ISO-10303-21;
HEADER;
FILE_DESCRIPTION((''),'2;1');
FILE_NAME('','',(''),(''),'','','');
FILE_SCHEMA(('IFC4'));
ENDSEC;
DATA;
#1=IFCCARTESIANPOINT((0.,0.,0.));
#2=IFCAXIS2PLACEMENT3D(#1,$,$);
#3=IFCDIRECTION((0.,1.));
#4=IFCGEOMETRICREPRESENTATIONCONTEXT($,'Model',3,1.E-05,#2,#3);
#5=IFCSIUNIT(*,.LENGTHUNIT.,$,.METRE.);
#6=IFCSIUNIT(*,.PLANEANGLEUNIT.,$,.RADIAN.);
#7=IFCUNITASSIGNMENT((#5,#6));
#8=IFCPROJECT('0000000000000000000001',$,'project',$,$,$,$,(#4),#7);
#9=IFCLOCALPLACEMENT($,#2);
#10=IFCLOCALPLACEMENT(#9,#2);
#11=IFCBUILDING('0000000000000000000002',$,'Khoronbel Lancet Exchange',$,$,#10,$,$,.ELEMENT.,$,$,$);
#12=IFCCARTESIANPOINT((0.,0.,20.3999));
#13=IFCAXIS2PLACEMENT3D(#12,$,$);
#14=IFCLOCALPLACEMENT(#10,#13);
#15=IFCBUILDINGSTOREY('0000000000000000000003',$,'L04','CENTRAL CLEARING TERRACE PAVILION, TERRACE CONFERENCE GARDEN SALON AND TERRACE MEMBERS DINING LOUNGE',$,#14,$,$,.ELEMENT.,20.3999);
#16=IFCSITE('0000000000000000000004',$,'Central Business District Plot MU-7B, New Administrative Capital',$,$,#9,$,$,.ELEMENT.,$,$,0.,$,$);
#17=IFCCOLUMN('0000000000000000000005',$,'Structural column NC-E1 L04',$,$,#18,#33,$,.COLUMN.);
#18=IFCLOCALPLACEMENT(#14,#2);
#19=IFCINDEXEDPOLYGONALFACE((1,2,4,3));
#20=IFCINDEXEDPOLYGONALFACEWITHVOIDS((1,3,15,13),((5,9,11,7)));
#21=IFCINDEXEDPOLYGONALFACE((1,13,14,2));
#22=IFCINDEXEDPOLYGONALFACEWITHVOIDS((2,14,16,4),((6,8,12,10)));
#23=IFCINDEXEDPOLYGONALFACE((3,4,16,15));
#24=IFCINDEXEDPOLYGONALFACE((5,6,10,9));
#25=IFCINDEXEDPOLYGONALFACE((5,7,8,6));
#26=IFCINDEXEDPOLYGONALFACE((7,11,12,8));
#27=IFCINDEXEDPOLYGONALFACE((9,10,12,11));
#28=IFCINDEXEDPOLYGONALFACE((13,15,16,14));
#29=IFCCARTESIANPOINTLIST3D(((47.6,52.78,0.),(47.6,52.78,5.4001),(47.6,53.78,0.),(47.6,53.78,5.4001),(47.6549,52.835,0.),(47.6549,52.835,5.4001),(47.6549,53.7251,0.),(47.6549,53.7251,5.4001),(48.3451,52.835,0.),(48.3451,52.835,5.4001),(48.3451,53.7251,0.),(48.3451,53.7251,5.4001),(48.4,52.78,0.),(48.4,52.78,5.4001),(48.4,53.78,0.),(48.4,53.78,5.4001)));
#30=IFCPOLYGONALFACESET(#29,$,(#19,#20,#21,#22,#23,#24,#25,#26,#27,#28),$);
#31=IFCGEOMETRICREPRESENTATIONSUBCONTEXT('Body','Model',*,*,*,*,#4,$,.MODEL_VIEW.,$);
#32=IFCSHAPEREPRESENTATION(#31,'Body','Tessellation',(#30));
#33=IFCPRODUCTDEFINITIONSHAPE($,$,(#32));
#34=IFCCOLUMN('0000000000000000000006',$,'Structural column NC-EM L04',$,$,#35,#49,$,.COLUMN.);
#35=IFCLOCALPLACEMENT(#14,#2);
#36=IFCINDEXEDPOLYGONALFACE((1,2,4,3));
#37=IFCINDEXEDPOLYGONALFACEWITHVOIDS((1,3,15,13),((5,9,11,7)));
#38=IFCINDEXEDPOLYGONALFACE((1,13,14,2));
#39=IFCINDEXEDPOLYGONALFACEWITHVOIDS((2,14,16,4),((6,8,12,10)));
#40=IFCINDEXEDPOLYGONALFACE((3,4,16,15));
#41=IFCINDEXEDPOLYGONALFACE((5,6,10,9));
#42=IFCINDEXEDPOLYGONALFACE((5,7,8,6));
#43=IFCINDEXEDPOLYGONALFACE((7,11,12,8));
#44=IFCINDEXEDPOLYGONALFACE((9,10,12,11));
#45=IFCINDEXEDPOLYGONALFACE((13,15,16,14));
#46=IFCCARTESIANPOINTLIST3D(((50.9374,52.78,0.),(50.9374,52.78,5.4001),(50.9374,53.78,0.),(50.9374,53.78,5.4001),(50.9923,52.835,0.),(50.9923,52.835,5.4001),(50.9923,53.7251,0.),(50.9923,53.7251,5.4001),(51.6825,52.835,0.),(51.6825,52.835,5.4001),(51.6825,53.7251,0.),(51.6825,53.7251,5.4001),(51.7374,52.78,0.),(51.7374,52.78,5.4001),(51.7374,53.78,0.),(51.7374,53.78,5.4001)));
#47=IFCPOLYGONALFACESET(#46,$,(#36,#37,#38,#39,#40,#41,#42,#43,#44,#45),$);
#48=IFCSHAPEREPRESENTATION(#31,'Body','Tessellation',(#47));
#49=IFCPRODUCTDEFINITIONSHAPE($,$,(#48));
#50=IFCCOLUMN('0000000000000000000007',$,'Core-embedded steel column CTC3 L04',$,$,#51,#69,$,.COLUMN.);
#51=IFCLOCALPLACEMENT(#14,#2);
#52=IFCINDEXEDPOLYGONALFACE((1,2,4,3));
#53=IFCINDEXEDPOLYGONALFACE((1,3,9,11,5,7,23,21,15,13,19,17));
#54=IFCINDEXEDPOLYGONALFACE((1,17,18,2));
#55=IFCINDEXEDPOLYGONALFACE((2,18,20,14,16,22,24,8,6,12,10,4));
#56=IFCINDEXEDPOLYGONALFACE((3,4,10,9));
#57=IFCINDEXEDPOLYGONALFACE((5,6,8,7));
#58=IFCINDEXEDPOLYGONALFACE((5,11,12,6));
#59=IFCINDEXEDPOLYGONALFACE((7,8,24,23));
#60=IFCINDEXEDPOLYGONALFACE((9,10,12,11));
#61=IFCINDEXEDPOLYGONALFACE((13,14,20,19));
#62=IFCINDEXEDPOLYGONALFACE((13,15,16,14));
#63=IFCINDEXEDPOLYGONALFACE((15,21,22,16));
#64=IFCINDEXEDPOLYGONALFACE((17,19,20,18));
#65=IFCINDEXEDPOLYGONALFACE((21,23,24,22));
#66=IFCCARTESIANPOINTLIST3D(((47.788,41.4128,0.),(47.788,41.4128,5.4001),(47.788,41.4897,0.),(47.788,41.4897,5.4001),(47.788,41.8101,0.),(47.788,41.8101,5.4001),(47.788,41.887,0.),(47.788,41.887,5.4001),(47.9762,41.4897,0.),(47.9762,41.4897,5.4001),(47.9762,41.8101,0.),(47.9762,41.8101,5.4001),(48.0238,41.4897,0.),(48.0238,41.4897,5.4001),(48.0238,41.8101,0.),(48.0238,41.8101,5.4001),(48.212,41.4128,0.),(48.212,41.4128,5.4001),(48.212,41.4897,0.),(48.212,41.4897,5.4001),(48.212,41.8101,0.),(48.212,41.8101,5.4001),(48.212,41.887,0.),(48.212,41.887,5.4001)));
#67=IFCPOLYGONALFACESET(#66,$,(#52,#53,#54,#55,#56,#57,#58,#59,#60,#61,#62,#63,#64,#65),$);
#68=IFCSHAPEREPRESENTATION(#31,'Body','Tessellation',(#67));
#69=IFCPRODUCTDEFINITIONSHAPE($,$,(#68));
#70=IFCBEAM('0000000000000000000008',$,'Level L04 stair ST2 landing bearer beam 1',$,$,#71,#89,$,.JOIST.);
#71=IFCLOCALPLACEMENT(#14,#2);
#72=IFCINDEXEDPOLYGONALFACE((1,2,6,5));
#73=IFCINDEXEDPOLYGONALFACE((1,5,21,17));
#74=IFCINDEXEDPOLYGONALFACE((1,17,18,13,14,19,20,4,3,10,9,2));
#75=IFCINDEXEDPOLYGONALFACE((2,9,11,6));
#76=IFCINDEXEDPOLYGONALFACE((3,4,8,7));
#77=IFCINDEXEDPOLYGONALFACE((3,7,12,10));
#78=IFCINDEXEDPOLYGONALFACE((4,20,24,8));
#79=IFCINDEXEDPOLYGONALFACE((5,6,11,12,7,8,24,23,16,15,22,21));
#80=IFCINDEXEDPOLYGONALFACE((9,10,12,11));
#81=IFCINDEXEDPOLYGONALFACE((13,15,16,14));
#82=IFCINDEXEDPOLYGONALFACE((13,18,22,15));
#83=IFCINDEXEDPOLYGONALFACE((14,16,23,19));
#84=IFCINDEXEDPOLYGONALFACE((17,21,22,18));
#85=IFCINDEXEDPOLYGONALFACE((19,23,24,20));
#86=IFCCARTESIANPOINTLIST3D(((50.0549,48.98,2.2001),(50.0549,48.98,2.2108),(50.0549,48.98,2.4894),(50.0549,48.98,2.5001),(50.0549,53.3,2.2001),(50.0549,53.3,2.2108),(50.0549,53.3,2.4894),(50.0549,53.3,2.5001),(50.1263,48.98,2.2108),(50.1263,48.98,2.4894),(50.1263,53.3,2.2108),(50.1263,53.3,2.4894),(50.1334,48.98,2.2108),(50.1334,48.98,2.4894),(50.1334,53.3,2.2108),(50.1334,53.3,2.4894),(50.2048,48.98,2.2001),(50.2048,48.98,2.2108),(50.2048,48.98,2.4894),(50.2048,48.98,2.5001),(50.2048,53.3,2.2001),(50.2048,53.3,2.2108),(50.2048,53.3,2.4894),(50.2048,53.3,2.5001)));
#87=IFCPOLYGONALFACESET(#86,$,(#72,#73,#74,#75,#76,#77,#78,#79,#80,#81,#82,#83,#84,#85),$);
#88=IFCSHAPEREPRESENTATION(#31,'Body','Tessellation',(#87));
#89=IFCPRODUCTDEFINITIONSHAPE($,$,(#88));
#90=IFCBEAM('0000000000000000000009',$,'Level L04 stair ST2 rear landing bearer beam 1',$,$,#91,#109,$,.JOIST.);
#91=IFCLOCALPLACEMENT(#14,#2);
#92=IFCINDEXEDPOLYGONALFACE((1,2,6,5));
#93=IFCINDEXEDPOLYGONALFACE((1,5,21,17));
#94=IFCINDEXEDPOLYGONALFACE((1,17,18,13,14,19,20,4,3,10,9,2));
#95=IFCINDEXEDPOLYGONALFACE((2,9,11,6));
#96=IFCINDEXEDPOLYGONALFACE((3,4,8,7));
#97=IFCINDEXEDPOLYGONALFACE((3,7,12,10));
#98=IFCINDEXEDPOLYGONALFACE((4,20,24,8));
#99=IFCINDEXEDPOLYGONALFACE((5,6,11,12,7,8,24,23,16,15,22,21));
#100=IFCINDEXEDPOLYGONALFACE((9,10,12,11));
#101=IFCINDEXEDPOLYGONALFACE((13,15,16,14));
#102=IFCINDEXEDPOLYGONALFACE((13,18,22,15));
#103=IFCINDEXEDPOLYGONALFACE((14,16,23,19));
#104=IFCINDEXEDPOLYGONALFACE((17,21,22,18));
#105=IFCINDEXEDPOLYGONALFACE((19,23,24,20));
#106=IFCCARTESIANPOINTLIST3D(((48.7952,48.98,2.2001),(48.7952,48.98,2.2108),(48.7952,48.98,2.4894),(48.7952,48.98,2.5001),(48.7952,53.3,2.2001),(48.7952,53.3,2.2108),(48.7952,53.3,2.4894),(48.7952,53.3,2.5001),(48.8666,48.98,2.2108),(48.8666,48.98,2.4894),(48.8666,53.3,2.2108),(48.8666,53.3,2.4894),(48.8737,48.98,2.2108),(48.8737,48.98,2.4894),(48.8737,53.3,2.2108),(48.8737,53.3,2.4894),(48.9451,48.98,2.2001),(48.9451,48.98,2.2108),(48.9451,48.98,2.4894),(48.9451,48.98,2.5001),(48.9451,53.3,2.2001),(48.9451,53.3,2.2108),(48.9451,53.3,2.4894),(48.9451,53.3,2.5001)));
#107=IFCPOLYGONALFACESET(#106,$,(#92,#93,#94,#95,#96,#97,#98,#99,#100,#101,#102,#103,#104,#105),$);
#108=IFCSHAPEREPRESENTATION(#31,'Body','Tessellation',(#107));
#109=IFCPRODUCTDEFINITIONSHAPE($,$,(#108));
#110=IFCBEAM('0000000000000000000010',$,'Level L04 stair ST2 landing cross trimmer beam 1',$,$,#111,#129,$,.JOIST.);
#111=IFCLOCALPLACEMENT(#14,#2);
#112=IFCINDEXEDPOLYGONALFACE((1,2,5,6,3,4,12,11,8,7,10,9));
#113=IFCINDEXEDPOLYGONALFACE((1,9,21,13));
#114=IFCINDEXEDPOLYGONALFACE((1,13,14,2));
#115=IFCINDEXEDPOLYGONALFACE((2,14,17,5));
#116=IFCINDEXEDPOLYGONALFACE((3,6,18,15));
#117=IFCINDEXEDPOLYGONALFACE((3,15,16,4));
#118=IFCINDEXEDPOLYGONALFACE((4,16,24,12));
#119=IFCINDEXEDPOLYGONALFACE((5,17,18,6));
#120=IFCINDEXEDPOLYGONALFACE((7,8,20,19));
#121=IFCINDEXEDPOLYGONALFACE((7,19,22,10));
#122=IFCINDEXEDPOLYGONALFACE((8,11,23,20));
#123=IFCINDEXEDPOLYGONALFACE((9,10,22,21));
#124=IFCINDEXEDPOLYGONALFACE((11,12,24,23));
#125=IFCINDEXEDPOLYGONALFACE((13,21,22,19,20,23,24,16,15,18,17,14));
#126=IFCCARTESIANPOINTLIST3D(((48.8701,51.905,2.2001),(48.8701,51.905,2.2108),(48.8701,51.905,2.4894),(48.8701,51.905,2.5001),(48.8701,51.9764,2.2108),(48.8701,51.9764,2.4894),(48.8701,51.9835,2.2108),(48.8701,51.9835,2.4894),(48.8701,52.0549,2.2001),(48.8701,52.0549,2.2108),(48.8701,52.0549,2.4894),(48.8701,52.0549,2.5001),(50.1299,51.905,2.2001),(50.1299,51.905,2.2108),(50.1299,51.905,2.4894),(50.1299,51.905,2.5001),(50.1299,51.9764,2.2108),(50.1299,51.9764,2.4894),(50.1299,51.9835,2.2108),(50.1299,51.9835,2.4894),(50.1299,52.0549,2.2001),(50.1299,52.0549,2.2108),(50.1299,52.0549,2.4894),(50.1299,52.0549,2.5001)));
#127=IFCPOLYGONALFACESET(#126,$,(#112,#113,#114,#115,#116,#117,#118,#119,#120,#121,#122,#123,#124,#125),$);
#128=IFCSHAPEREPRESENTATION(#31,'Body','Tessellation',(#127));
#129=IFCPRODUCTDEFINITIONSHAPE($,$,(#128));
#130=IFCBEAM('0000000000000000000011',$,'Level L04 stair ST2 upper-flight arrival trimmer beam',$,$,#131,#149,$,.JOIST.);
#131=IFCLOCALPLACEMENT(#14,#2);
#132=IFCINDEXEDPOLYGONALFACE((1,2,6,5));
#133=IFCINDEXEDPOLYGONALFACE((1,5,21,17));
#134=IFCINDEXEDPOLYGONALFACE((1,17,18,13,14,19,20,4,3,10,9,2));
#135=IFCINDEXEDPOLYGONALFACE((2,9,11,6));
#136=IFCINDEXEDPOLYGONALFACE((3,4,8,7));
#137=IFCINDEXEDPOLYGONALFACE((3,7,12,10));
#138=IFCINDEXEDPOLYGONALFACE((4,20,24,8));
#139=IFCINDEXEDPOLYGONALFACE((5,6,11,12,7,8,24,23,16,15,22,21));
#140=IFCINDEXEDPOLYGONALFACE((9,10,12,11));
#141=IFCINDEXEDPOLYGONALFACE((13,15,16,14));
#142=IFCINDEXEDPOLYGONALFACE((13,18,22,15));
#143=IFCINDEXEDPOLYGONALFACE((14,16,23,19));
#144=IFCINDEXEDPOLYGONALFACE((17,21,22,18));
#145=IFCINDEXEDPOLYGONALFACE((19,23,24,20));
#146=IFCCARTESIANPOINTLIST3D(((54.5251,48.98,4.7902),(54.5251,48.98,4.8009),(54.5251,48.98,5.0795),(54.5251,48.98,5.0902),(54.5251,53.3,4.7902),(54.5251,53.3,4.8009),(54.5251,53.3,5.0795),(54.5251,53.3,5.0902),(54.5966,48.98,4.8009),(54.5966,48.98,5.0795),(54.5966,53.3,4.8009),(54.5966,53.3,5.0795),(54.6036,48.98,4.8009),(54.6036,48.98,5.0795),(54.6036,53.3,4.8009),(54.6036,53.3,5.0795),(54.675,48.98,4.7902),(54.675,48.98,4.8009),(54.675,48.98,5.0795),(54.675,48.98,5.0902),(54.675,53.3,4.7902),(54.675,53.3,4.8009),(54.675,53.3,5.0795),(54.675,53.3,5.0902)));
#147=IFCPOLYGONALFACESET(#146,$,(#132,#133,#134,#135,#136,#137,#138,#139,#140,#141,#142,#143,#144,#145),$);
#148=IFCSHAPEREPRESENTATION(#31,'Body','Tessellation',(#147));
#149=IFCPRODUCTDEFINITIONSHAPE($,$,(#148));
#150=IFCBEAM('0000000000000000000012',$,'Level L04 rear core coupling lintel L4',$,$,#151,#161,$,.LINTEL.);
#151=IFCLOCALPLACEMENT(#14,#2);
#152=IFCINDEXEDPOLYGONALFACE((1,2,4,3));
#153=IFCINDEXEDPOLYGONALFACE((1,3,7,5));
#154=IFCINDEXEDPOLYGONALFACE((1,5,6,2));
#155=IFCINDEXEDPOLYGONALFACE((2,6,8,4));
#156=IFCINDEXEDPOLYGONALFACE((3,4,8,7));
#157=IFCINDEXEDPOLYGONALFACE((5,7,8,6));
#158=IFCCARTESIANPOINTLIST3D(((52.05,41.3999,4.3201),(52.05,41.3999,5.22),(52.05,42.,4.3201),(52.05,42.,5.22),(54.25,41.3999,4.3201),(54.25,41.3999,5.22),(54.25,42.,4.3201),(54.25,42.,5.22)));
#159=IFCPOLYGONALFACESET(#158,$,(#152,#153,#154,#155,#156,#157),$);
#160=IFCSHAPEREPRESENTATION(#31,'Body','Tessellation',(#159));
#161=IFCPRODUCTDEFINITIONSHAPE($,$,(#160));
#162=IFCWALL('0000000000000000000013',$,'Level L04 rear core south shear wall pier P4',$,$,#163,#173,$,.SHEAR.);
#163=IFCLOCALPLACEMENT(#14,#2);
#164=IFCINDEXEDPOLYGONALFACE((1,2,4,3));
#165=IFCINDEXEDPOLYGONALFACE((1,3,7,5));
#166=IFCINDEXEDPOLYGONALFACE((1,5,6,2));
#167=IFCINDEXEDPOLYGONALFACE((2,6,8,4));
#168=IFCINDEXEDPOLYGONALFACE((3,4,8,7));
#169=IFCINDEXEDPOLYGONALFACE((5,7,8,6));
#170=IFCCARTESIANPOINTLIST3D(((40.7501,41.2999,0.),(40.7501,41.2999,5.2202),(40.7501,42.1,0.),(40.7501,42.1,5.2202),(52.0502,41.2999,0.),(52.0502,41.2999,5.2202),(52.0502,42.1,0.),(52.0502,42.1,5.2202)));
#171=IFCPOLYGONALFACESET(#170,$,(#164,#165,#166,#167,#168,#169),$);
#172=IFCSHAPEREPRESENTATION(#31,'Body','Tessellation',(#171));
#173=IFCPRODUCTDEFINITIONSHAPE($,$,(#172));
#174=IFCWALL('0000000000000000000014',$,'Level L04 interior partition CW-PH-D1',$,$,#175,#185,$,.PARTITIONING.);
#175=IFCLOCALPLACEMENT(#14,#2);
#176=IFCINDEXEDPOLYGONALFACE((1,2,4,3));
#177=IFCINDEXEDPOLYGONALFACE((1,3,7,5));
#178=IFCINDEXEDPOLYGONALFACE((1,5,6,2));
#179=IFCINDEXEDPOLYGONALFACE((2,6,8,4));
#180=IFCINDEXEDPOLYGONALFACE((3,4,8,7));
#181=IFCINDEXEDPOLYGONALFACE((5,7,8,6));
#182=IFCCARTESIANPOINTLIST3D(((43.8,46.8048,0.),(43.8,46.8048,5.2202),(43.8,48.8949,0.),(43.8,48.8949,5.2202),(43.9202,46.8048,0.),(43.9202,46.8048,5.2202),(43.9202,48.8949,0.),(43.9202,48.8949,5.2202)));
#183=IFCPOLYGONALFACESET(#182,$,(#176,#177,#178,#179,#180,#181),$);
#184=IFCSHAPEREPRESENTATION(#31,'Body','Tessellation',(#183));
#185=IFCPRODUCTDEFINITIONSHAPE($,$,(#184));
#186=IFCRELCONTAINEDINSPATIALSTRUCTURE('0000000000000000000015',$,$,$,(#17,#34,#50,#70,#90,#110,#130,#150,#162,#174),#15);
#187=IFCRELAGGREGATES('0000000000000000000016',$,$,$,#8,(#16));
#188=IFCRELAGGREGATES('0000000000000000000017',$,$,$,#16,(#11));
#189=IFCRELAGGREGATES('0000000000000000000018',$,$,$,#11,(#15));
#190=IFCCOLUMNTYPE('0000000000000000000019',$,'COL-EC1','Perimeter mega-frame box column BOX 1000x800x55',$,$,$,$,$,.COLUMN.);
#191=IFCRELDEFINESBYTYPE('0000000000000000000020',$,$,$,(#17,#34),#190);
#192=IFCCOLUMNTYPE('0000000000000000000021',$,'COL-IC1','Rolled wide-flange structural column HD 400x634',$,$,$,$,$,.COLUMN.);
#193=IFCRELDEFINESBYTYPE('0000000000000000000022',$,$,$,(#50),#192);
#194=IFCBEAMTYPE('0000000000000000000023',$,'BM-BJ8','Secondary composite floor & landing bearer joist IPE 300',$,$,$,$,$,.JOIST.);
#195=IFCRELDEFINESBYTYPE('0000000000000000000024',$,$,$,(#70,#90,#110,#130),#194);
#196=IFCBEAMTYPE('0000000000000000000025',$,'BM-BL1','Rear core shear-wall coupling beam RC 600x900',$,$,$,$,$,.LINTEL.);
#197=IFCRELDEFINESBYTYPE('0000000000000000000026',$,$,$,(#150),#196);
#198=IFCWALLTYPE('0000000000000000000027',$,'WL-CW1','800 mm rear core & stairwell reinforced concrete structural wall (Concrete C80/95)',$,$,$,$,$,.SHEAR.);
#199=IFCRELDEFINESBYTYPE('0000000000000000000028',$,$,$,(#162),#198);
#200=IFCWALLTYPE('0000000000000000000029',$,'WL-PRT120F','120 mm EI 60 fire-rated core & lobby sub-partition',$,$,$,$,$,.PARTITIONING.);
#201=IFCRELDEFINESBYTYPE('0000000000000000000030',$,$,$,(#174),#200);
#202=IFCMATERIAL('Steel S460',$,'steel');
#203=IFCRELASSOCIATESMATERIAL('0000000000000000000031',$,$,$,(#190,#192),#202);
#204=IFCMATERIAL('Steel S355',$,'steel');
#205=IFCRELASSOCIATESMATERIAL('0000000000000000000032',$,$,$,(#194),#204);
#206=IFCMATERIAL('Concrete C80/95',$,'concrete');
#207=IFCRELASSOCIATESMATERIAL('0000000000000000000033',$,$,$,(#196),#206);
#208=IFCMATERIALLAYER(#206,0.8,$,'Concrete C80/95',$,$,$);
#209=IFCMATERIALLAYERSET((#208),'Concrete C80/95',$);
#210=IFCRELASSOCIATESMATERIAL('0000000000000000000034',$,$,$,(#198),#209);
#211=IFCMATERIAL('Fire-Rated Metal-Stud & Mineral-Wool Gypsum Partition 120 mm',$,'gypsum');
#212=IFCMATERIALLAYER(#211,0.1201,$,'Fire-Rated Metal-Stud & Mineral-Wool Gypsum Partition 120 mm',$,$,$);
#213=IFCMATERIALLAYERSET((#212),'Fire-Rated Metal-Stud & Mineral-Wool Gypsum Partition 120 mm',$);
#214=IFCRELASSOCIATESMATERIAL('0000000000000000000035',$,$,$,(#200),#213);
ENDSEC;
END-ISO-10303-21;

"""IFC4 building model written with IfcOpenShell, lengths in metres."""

from ifc_helpers import new_model, si_unit, direction, frame, frame_2d, origin, origin_2d, place, context, subcontext, project, spatial, rectangle, hollow_rectangle, i_section, extrude, material, layer, layer_set, material_profile, profile_set, type_object, element, save


model = new_model("IFC4")

# Units and contexts
model_context = context("Model", 3, precision=1e-05, world=origin(), true_north=direction((0.0, 1.0)))
body_context = subcontext(model_context, "Body", "Model", "MODEL_VIEW")
ifc_project = project(units=[si_unit("LENGTHUNIT", "METRE"), si_unit("PLANEANGLEUNIT", "RADIAN")], contexts=[model_context])

# Site, building, storey
site_placement = place(None, origin())
site = spatial("IfcSite", under=ifc_project, at=site_placement, Name="Central Business District Plot MU-7B, New Administrative Capital", CompositionType="ELEMENT", RefElevation=0.0)
building_placement = place(site_placement, origin())
building = spatial("IfcBuilding", under=site, at=building_placement, Name="Khoronbel Lancet Exchange", CompositionType="ELEMENT")
storey_placement = place(building_placement, frame((0.0, 0.0, 20.3999)))
storey = spatial("IfcBuildingStorey", under=building, at=storey_placement, Name="L04", Description="CENTRAL CLEARING TERRACE PAVILION, TERRACE CONFERENCE GARDEN SALON AND TERRACE MEMBERS DINING LOUNGE", CompositionType="ELEMENT", Elevation=20.3999)

# Columns
ifc_material_1 = material(Name="Steel S460", Category="steel")
ifc_material_profile_1 = material_profile(ifc_material_1, hollow_rectangle(XDim=0.8, YDim=1.0, WallThickness=0.0549, at=origin_2d()), Name="BOX 1000x800x55")
ifc_profile_set_1 = profile_set([ifc_material_profile_1], Name="Steel S460")
column_type_1 = type_object("IfcColumnType", Name="COL-EC1", Description="Perimeter mega-frame box column BOX 1000x800x55", PredefinedType="COLUMN", material=ifc_profile_set_1)
for number, where, z_axis, x_axis, name in (
    (1, (48.0, 53.28, 0.0), (0.0, 0.0, 1.0), (1.0, 0.0, 0.0), "Structural column NC-E1 L04"),
    (2, (51.3374, 53.28, 0.0), (0.0, 0.0, 1.0), (1.0, 0.0, 0.0), "Structural column NC-EM L04"),
):
    element("IfcColumn", number, at=place(storey_placement, frame(where, z_axis=z_axis, x_axis=x_axis)), inside=storey, type_object=column_type_1, Name=name, PredefinedType="COLUMN", context=body_context, shape_type="SweptSolid", body=[
        extrude(hollow_rectangle(XDim=0.8, YDim=1.0, WallThickness=0.0549, at=origin_2d()), origin(), (0.0, 0.0, 1.0), 5.4001),
    ])
ifc_material_profile_2 = material_profile(ifc_material_1, i_section(OverallWidth=0.4241, OverallDepth=0.4741, WebThickness=0.0476, FlangeThickness=0.0769, at=origin_2d()), Name="HD 400x634")
ifc_profile_set_2 = profile_set([ifc_material_profile_2], Name="Steel S460")
column_type_2 = type_object("IfcColumnType", Name="COL-IC1", Description="Rolled wide-flange structural column HD 400x634", PredefinedType="COLUMN", material=ifc_profile_set_2)
column_placement = place(storey_placement, frame((48.0, 41.6499, 0.0), z_axis=(0.0, 0.0, 1.0), x_axis=(1.0, 0.0, 0.0)))
element("IfcColumn", 3, at=column_placement, inside=storey, type_object=column_type_2, Name="Core-embedded steel column CTC3 L04", PredefinedType="COLUMN", context=body_context, shape_type="SweptSolid", body=[
    extrude(i_section(OverallWidth=0.4241, OverallDepth=0.4741, WebThickness=0.0476, FlangeThickness=0.0769, at=origin_2d()), origin(), (0.0, 0.0, 1.0), 5.4001),
])

# Beams
ifc_material_2 = material(Name="Steel S355", Category="steel")
ifc_material_profile_3 = material_profile(ifc_material_2, i_section(OverallWidth=0.1499, OverallDepth=0.3, WebThickness=0.0071, FlangeThickness=0.0107, at=origin_2d()), Name="IPE 300")
ifc_profile_set_3 = profile_set([ifc_material_profile_3], Name="Steel S355")
beam_type_1 = type_object("IfcBeamType", Name="BM-BJ8", Description="Secondary composite floor & landing bearer joist IPE 300", PredefinedType="JOIST", material=ifc_profile_set_3)
for number, where, z_axis, x_axis, name in (
    (4, (50.1299, 48.98, 2.3501), (0.0, 1.0, 0.0), (-1.0, 0.0, 0.0), "Level L04 stair ST2 landing bearer beam 1"),
    (5, (48.8701, 48.98, 2.3501), (0.0, 1.0, 0.0), (-1.0, 0.0, 0.0), "Level L04 stair ST2 rear landing bearer beam 1"),
):
    element("IfcBeam", number, at=place(storey_placement, frame(where, z_axis=z_axis, x_axis=x_axis)), inside=storey, type_object=beam_type_1, Name=name, PredefinedType="JOIST", context=body_context, shape_type="SweptSolid", body=[
        extrude(i_section(OverallWidth=0.1499, OverallDepth=0.3, WebThickness=0.0071, FlangeThickness=0.0107, at=origin_2d()), origin(), (0.0, 0.0, 1.0), 4.3201),
    ])
beam_1_placement = place(storey_placement, frame((48.8701, 51.98, 2.3501), z_axis=(1.0, 0.0, 0.0), x_axis=(0.0, 1.0, 0.0)))
element("IfcBeam", 6, at=beam_1_placement, inside=storey, type_object=beam_type_1, Name="Level L04 stair ST2 landing cross trimmer beam 1", PredefinedType="JOIST", context=body_context, shape_type="SweptSolid", body=[
    extrude(i_section(OverallWidth=0.1499, OverallDepth=0.3, WebThickness=0.0071, FlangeThickness=0.0107, at=origin_2d()), origin(), (0.0, 0.0, 1.0), 1.2598),
])
beam_2_placement = place(storey_placement, frame((54.6001, 48.98, 4.9402), z_axis=(0.0, 1.0, 0.0), x_axis=(-1.0, 0.0, 0.0)))
element("IfcBeam", 7, at=beam_2_placement, inside=storey, type_object=beam_type_1, Name="Level L04 stair ST2 upper-flight arrival trimmer beam", PredefinedType="JOIST", context=body_context, shape_type="SweptSolid", body=[
    extrude(i_section(OverallWidth=0.1499, OverallDepth=0.3, WebThickness=0.0071, FlangeThickness=0.0107, at=origin_2d()), origin(), (0.0, 0.0, 1.0), 4.3201),
])
ifc_material_3 = material(Name="Concrete C80/95", Category="concrete")
ifc_material_profile_4 = material_profile(ifc_material_3, rectangle(XDim=0.6001, YDim=0.8999, at=origin_2d()), Name="RC 600x900")
ifc_profile_set_4 = profile_set([ifc_material_profile_4], Name="Concrete C80/95")
beam_type_2 = type_object("IfcBeamType", Name="BM-BL1", Description="Rear core shear-wall coupling beam RC 600x900", PredefinedType="LINTEL", material=ifc_profile_set_4)
beam_3_placement = place(storey_placement, frame((52.05, 41.7, 4.77), z_axis=(1.0, 0.0, 0.0), x_axis=(0.0, 1.0, 0.0)))
element("IfcBeam", 8, at=beam_3_placement, inside=storey, type_object=beam_type_2, Name="Level L04 rear core coupling lintel L4", PredefinedType="LINTEL", context=body_context, shape_type="SweptSolid", body=[
    extrude(rectangle(XDim=0.6001, YDim=0.8999, at=origin_2d()), origin(), (0.0, 0.0, 1.0), 2.2),
])

# Walls
ifc_layer_1 = layer(ifc_material_3, 0.8, Name="Concrete C80/95")
ifc_layer_set_1 = layer_set([ifc_layer_1], Name="Concrete C80/95")
wall_type_1 = type_object("IfcWallType", Name="WL-CW1", Description="800 mm rear core & stairwell reinforced concrete structural wall (Concrete C80/95)", PredefinedType="SHEAR", material=ifc_layer_set_1)
wall_1_placement = place(storey_placement, frame((52.05, 41.7, 0.0), z_axis=(0.0, 0.0, 1.0), x_axis=(-1.0, 0.0, 0.0)))
element("IfcWall", 9, at=wall_1_placement, inside=storey, type_object=wall_type_1, Name="Level L04 rear core south shear wall pier P4", PredefinedType="SHEAR", context=body_context, shape_type="SweptSolid", body=[
    extrude(rectangle(XDim=11.3, YDim=0.8, at=frame_2d((5.6499, 0.0))), origin(), (0.0, 0.0, 1.0), 5.2202),
])
ifc_material_4 = material(Name="Fire-Rated Metal-Stud & Mineral-Wool Gypsum Partition 120 mm", Category="gypsum")
ifc_layer_2 = layer(ifc_material_4, 0.1201, Name="Fire-Rated Metal-Stud & Mineral-Wool Gypsum Partition 120 mm")
ifc_layer_set_2 = layer_set([ifc_layer_2], Name="Fire-Rated Metal-Stud & Mineral-Wool Gypsum Partition 120 mm")
wall_type_2 = type_object("IfcWallType", Name="WL-PRT120F", Description="120 mm EI 60 fire-rated core & lobby sub-partition", PredefinedType="PARTITIONING", material=ifc_layer_set_2)
for number, where, z_axis, x_axis, name in (
    (10, (43.8601, 46.8049, 0.0), (0.0, 0.0, 1.0), (0.0, 1.0, 0.0), "Level L04 interior partition CW-PH-D1"),
):
    element("IfcWall", number, at=place(storey_placement, frame(where, z_axis=z_axis, x_axis=x_axis)), inside=storey, type_object=wall_type_2, Name=name, PredefinedType="PARTITIONING", context=body_context, shape_type="SweptSolid", body=[
        extrude(rectangle(XDim=2.0901, YDim=0.1201, at=frame_2d((1.0449, 0.0))), origin(), (0.0, 0.0, 1.0), 5.2202),
    ])

save(model, "model.ifc")
